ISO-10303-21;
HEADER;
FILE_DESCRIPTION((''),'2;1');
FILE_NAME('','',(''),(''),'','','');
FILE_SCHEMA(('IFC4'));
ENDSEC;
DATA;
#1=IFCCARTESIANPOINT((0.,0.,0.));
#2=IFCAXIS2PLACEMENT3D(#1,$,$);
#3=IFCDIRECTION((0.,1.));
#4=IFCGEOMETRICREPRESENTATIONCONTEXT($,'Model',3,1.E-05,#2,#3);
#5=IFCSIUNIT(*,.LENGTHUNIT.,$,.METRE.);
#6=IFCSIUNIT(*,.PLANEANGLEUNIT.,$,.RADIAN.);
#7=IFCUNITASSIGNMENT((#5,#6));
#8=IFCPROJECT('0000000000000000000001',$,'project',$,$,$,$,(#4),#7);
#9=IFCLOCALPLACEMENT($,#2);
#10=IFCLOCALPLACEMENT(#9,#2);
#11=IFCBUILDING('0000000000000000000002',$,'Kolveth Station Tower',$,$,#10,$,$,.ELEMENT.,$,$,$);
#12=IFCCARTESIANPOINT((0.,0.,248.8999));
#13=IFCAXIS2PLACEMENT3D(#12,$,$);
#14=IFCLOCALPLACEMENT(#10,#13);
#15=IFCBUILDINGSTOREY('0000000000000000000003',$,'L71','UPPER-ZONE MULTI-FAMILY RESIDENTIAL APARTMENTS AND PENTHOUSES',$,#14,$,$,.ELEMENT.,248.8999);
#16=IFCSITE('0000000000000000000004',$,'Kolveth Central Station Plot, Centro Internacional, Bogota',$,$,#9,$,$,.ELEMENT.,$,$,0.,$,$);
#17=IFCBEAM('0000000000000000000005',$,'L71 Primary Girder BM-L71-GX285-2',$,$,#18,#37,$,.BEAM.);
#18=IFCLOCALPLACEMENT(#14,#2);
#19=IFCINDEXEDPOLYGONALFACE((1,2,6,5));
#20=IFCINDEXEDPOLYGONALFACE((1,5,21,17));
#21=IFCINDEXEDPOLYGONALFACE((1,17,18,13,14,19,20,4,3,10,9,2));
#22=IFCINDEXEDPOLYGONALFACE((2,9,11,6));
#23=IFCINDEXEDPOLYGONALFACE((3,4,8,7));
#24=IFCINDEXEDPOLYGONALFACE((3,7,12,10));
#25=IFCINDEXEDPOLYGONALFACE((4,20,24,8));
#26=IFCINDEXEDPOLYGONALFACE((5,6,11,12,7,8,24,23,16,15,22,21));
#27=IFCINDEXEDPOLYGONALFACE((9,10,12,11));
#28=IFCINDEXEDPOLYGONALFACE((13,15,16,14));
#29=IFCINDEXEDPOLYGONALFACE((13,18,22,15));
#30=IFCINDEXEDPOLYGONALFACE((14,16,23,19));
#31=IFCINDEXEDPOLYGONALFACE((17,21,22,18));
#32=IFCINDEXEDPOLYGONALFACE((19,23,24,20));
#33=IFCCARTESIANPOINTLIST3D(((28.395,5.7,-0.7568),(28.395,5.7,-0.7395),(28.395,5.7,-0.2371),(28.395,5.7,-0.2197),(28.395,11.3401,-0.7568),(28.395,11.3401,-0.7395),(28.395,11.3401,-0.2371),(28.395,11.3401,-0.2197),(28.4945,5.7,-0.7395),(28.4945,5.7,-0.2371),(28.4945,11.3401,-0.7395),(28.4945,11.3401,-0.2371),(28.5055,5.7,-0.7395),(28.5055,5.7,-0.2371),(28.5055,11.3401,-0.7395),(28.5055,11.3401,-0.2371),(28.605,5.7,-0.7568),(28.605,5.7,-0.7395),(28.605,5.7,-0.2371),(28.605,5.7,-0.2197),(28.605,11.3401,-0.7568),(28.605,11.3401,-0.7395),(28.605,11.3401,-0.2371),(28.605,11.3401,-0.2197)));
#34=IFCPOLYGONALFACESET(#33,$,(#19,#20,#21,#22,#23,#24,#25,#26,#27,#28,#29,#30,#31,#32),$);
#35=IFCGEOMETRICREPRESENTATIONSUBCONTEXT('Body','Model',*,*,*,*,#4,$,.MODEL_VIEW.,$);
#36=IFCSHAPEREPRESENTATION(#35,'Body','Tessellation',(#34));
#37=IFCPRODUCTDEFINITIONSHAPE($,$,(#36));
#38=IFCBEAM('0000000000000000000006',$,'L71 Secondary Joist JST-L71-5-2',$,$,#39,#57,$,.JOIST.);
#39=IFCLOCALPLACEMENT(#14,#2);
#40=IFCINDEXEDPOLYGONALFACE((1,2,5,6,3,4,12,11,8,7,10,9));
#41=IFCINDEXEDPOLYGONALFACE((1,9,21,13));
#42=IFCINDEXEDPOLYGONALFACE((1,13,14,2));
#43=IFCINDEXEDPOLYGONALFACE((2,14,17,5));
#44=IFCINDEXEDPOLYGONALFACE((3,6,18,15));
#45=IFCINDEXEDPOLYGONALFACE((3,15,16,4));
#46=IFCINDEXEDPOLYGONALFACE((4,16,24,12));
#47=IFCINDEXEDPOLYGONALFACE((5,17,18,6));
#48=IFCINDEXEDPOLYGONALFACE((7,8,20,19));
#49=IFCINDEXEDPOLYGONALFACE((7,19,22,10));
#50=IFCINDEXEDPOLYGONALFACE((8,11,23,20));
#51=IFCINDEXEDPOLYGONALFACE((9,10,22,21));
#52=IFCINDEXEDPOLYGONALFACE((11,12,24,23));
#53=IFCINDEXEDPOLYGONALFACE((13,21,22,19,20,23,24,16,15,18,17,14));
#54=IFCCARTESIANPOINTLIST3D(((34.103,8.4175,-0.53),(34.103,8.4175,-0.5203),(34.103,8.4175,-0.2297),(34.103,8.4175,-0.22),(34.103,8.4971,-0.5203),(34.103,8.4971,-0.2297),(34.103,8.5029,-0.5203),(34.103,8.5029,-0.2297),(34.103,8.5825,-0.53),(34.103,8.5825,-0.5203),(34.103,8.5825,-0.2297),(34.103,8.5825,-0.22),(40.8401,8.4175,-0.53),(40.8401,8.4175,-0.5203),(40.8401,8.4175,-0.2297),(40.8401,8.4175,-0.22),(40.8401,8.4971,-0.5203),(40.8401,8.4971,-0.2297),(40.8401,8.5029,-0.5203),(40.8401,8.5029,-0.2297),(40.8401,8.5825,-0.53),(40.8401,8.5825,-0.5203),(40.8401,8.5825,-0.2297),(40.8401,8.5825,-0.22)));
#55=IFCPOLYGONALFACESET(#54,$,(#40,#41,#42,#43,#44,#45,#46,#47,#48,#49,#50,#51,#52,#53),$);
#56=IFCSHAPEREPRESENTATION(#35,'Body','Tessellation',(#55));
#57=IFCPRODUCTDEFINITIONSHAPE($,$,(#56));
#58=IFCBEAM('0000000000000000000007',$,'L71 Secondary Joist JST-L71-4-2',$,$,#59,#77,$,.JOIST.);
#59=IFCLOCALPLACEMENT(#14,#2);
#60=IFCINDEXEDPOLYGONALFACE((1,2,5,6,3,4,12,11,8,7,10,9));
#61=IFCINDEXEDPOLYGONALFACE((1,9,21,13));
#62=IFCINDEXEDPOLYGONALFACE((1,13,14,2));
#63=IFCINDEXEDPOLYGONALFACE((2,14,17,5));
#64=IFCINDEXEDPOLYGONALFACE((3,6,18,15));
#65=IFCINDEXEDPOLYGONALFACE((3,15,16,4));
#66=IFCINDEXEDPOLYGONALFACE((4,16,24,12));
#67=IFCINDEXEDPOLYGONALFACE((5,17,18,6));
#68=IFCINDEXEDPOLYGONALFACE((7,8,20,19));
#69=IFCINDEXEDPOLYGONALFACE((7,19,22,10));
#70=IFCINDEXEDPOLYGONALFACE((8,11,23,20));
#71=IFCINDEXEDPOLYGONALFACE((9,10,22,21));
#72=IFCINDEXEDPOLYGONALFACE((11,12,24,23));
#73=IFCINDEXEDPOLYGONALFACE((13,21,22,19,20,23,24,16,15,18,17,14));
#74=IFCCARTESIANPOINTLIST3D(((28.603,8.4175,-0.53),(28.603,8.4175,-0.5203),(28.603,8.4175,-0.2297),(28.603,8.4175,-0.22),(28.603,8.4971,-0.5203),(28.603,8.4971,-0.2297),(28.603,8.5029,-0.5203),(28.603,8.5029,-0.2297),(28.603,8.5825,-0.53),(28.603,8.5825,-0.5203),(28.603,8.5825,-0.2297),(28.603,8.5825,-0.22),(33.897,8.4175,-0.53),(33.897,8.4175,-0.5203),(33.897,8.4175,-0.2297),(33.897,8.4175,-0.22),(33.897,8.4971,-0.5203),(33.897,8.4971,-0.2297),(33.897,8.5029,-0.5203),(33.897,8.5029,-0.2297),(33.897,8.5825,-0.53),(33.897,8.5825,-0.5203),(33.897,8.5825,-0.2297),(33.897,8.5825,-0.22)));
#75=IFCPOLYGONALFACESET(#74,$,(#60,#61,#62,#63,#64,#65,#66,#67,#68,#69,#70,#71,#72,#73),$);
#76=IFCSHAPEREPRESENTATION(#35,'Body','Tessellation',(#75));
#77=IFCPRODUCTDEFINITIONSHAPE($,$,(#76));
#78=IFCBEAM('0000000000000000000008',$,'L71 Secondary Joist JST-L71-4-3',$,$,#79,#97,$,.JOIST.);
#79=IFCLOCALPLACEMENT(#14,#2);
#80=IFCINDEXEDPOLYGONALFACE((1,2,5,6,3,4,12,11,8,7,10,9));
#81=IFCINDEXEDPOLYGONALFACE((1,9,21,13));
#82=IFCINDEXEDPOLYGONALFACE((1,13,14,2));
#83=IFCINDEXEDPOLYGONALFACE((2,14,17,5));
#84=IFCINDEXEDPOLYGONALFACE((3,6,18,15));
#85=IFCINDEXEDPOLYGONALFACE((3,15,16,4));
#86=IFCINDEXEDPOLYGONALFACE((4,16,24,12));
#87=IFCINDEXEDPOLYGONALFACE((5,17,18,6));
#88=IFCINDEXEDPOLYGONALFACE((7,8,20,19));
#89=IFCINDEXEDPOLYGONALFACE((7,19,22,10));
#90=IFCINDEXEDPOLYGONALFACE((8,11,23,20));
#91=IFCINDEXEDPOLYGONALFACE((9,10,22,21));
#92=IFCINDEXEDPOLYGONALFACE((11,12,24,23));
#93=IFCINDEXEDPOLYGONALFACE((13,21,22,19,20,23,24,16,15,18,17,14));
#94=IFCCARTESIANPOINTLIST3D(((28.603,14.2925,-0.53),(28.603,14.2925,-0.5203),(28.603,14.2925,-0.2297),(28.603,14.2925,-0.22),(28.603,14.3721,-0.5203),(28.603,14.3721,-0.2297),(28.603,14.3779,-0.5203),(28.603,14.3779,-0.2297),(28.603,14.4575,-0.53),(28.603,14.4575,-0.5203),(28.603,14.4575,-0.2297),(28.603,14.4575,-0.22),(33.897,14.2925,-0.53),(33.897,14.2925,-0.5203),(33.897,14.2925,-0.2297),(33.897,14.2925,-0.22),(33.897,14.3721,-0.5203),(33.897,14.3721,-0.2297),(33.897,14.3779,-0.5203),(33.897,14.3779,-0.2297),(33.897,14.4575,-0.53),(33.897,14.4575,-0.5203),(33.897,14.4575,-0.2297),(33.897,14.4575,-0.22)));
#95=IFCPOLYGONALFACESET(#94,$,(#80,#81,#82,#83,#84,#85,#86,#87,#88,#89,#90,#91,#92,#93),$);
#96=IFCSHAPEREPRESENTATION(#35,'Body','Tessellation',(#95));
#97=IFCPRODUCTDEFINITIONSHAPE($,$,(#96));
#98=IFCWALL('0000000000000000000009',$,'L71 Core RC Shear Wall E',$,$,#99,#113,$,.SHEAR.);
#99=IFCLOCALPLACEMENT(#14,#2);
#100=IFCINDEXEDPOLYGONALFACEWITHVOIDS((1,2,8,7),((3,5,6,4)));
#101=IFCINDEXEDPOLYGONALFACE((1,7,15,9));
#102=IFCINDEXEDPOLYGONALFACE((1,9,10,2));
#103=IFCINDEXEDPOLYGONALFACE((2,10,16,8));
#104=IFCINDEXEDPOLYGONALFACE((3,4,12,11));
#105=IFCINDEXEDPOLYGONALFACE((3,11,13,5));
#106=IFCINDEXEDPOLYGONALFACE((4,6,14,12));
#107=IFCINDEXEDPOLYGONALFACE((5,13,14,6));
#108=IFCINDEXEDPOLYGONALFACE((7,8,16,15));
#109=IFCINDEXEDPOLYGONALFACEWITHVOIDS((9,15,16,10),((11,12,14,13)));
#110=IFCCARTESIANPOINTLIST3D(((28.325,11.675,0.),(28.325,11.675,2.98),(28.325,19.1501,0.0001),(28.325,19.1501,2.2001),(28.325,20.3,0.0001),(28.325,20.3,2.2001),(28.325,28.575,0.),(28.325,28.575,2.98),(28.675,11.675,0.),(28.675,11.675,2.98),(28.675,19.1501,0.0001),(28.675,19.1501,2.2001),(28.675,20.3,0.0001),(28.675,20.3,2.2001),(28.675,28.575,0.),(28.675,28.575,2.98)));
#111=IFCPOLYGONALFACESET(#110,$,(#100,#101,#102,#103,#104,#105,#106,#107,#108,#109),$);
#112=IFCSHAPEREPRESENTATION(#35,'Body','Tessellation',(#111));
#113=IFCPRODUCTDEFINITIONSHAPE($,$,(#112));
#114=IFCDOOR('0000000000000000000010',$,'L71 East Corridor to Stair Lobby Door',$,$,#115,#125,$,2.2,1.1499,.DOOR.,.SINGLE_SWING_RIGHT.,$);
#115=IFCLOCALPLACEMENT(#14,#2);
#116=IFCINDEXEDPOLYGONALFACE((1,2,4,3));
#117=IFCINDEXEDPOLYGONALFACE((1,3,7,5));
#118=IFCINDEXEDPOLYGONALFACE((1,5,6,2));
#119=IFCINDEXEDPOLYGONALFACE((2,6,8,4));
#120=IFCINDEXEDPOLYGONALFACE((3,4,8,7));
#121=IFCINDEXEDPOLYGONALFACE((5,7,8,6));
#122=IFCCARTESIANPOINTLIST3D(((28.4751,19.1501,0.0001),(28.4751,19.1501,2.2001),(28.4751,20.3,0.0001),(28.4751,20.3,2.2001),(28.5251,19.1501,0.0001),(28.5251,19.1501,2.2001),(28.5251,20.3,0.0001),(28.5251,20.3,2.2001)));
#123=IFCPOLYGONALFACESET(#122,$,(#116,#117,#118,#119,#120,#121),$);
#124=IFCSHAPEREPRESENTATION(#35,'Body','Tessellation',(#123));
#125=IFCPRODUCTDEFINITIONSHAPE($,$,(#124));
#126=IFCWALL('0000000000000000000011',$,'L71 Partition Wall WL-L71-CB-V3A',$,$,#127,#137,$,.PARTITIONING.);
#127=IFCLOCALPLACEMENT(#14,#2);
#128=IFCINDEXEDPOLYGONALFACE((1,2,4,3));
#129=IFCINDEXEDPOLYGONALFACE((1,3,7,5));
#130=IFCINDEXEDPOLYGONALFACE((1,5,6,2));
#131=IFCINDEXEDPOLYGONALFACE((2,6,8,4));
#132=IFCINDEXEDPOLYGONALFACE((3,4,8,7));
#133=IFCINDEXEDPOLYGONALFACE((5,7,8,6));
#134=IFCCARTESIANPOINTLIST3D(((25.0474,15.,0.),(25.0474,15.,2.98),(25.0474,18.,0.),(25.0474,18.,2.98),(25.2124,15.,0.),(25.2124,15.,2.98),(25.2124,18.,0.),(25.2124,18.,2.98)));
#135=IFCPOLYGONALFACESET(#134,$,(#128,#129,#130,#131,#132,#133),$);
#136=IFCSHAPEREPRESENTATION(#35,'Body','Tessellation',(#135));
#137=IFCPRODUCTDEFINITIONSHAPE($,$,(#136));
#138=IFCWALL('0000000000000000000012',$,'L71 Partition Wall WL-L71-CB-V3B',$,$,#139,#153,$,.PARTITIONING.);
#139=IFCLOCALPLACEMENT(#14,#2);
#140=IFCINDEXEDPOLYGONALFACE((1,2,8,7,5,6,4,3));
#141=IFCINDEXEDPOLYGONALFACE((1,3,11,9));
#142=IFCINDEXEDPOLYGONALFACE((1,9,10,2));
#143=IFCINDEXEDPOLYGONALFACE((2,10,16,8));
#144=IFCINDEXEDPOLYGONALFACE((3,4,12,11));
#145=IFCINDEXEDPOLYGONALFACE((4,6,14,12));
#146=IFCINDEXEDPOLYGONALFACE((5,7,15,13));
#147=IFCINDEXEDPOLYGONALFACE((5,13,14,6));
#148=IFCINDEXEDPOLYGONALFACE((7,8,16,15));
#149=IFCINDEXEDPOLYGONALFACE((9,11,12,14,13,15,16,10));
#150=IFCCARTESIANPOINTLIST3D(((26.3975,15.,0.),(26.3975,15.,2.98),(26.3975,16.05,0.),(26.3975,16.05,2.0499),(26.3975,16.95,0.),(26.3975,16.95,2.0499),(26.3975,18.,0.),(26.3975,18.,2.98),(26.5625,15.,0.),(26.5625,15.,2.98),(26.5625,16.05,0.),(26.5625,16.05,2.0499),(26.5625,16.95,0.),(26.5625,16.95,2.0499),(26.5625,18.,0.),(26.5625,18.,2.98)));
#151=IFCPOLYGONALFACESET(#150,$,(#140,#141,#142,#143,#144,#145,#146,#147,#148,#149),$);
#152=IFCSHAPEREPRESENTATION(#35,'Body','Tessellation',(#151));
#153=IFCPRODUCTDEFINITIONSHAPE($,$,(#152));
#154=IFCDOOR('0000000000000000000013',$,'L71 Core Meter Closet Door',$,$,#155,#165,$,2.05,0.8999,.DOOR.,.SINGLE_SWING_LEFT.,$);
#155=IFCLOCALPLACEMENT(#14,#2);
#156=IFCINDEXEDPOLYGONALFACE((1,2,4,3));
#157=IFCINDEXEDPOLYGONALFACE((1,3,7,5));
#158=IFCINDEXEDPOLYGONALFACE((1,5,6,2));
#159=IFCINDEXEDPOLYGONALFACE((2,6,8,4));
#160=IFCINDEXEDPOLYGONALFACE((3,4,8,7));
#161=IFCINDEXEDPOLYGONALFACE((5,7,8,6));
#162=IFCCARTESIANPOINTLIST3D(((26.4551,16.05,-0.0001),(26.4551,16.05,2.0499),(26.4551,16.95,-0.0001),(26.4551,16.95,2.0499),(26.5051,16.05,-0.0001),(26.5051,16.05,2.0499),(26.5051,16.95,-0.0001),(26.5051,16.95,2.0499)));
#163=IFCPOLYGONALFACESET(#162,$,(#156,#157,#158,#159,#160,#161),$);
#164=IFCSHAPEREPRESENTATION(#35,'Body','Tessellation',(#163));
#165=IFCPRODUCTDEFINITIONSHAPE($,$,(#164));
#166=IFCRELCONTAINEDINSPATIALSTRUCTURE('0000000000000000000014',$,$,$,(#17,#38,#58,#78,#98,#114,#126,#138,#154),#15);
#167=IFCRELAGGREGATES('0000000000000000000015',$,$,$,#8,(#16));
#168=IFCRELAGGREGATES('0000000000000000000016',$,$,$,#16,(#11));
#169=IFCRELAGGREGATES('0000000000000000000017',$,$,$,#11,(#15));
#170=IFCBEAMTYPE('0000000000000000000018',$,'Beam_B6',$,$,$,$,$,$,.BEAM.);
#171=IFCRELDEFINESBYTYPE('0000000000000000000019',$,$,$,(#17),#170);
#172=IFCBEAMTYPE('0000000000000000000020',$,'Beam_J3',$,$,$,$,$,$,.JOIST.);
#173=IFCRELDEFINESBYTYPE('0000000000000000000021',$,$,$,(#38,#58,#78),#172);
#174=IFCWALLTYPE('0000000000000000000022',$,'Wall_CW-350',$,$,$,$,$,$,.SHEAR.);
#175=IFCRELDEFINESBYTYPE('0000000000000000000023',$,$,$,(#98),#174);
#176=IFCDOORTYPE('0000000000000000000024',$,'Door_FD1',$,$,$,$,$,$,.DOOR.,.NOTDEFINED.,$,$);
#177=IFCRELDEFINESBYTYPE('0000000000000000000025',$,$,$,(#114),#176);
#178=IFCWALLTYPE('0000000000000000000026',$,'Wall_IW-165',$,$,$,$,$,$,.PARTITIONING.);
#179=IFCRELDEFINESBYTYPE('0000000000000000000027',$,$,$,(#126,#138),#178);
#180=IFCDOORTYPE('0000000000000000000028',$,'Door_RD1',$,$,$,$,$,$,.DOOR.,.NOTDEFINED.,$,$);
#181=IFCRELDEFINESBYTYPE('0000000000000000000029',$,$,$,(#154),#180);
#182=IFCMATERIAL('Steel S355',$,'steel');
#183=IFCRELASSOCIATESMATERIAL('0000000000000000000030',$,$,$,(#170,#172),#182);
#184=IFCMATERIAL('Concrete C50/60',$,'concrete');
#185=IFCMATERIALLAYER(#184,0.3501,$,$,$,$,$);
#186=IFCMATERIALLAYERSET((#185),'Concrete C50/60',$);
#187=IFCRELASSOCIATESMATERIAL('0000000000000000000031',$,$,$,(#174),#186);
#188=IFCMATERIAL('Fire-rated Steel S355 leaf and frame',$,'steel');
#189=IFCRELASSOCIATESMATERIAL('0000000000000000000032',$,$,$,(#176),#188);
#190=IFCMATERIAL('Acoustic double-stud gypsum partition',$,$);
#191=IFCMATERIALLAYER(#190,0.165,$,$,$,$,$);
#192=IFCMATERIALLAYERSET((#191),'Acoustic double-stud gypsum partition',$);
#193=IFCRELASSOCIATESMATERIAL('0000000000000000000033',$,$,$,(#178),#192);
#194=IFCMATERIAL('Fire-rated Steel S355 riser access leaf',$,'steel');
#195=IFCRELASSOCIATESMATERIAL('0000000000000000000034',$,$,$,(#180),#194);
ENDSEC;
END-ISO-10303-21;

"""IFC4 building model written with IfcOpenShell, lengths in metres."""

from ifc_helpers import new_model, si_unit, direction, frame, frame_2d, origin, origin_2d, place, context, subcontext, project, spatial, rectangle, i_section, extrude, source, transform, mapped, material, layer, layer_set, material_profile, profile_set, type_object, element, fill, save


model = new_model("IFC4")

# Units and contexts
model_context = context("Model", 3, precision=1e-05, world=origin(), true_north=direction((0.0, 1.0)))
body_context = subcontext(model_context, "Body", "Model", "MODEL_VIEW")
ifc_project = project(units=[si_unit("LENGTHUNIT", "METRE"), si_unit("PLANEANGLEUNIT", "RADIAN")], contexts=[model_context])

# Site, building, storey
site_placement = place(None, origin())
site = spatial("IfcSite", under=ifc_project, at=site_placement, Name="Kolveth Central Station Plot, Centro Internacional, Bogota", CompositionType="ELEMENT", RefElevation=0.0)
building_placement = place(site_placement, origin())
building = spatial("IfcBuilding", under=site, at=building_placement, Name="Kolveth Station Tower", CompositionType="ELEMENT")
storey_placement = place(building_placement, frame((0.0, 0.0, 248.8999)))
storey = spatial("IfcBuildingStorey", under=building, at=storey_placement, Name="L71", Description="UPPER-ZONE MULTI-FAMILY RESIDENTIAL APARTMENTS AND PENTHOUSES", CompositionType="ELEMENT", Elevation=248.8999)

# Shared definitions
ifc_material_1 = material(Name="Steel S355", Category="steel")

# Beams
ifc_material_profile_1 = material_profile(ifc_material_1, i_section(OverallWidth=0.21, OverallDepth=0.5371, WebThickness=0.011, FlangeThickness=0.0173, at=origin_2d()), Name="W530x101")
ifc_profile_set_1 = profile_set([ifc_material_profile_1], Name="Steel S355")
beam_type_1 = type_object("IfcBeamType", Name="Beam_B6", PredefinedType="BEAM", material=ifc_profile_set_1)
shared_shape_1 = source(origin(), body_context, "Body", "SweptSolid", [
    extrude(i_section(OverallWidth=0.21, OverallDepth=0.5371, WebThickness=0.011, FlangeThickness=0.0173, at=origin_2d()), origin(), (0.0, 0.0, 1.0), 5.6401),
])
beam_1_placement = place(storey_placement, frame((28.5, 5.7, -0.4883), z_axis=(0.0, 1.0, 0.0), x_axis=(-1.0, 0.0, 0.0)))
element("IfcBeam", 1, at=beam_1_placement, inside=storey, type_object=beam_type_1, Name="L71 Primary Girder BM-L71-GX285-2", PredefinedType="BEAM", context=body_context, shape_type="MappedRepresentation", body=[
    mapped(shared_shape_1, transform((0.0, 0.0, 0.0), x_axis=(1.0, 0.0, 0.0), y_axis=(0.0, 1.0, 0.0), z_axis=(0.0, 0.0, 1.0), scale=1.0)),
])
ifc_material_profile_2 = material_profile(ifc_material_1, i_section(OverallWidth=0.165, OverallDepth=0.3101, WebThickness=0.0059, FlangeThickness=0.0098, at=origin_2d()), Name="W310x39")
ifc_profile_set_2 = profile_set([ifc_material_profile_2], Name="Steel S355")
beam_type_2 = type_object("IfcBeamType", Name="Beam_J3", PredefinedType="JOIST", material=ifc_profile_set_2)
shared_shape_2 = source(origin(), body_context, "Body", "SweptSolid", [
    extrude(i_section(OverallWidth=0.165, OverallDepth=0.3101, WebThickness=0.0059, FlangeThickness=0.0098, at=origin_2d()), origin(), (0.0, 0.0, 1.0), 6.7371),
])
beam_2_placement = place(storey_placement, frame((34.103, 8.5, -0.375), z_axis=(1.0, 0.0, 0.0), x_axis=(0.0, 1.0, 0.0)))
element("IfcBeam", 2, at=beam_2_placement, inside=storey, type_object=beam_type_2, Name="L71 Secondary Joist JST-L71-5-2", PredefinedType="JOIST", context=body_context, shape_type="MappedRepresentation", body=[
    mapped(shared_shape_2, transform((0.0, 0.0, 0.0), x_axis=(1.0, 0.0, 0.0), y_axis=(0.0, 1.0, 0.0), z_axis=(0.0, 0.0, 1.0), scale=1.0)),
])
shared_shape_3 = source(origin(), body_context, "Body", "SweptSolid", [
    extrude(i_section(OverallWidth=0.165, OverallDepth=0.3101, WebThickness=0.0059, FlangeThickness=0.0098, at=origin_2d()), origin(), (0.0, 0.0, 1.0), 5.2939),
])
for number, where, z_axis, x_axis, name in (
    (3, (28.603, 8.5, -0.375), (1.0, 0.0, 0.0), (0.0, 1.0, 0.0), "L71 Secondary Joist JST-L71-4-2"),
    (4, (28.603, 14.375, -0.375), (1.0, 0.0, 0.0), (0.0, 1.0, 0.0), "L71 Secondary Joist JST-L71-4-3"),
):
    element("IfcBeam", number, at=place(storey_placement, frame(where, z_axis=z_axis, x_axis=x_axis)), inside=storey, type_object=beam_type_2, Name=name, PredefinedType="JOIST", context=body_context, shape_type="MappedRepresentation", body=[
        mapped(shared_shape_3, transform((0.0, 0.0, 0.0), x_axis=(1.0, 0.0, 0.0), y_axis=(0.0, 1.0, 0.0), z_axis=(0.0, 0.0, 1.0), scale=1.0)),
    ])

# Wall, opening, door
ifc_material_2 = material(Name="Concrete C50/60", Category="concrete")
ifc_layer_1 = layer(ifc_material_2, 0.3501)
ifc_layer_set_1 = layer_set([ifc_layer_1], Name="Concrete C50/60")
wall_type_1 = type_object("IfcWallType", Name="Wall_CW-350", PredefinedType="SHEAR", material=ifc_layer_set_1)
wall_1_placement = place(storey_placement, frame((28.5, 11.675, 0.0), z_axis=(0.0, 0.0, 1.0), x_axis=(0.0, 1.0, 0.0)))
wall_1 = element("IfcWall", 5, at=wall_1_placement, inside=storey, type_object=wall_type_1, Name="L71 Core RC Shear Wall E", PredefinedType="SHEAR", context=body_context, shape_type="SweptSolid", body=[
    extrude(rectangle(XDim=16.8999, YDim=0.3501, at=frame_2d((8.45, 0.0))), origin(), (0.0, 0.0, 1.0), 2.98),
])
opening_1_placement = place(wall_1_placement, frame((7.4751, 0.0, 0.0)))
opening_1 = element("IfcOpeningElement", 6, at=opening_1_placement, cuts=wall_1, PredefinedType="OPENING", context=body_context, shape_type="SweptSolid", body=[
    extrude(rectangle(XDim=1.1499, YDim=2.2, at=frame_2d((0.575, 1.1001))), frame((0.0, 0.1851, 0.0), z_axis=(0.0, -1.0, 0.0), x_axis=(1.0, 0.0, 0.0)), (0.0, 0.0, 1.0), 0.3701),
])
ifc_material_3 = material(Name="Fire-rated Steel S355 leaf and frame", Category="steel")
door_type_1 = type_object("IfcDoorType", Name="Door_FD1", OperationType="NOTDEFINED", PredefinedType="DOOR", material=ifc_material_3)
door_1_placement = place(opening_1_placement, origin())
door_1 = element("IfcDoor", 7, at=door_1_placement, inside=storey, type_object=door_type_1, Name="L71 East Corridor to Stair Lobby Door", OperationType="SINGLE_SWING_RIGHT", OverallHeight=2.2, OverallWidth=1.1499, PredefinedType="DOOR", context=body_context, shape_type="SweptSolid", body=[
    extrude(rectangle(XDim=1.1499, YDim=2.2, at=frame_2d((0.575, 1.1001))), frame((0.0, 0.0249, 0.0), z_axis=(0.0, -1.0, 0.0), x_axis=(1.0, 0.0, 0.0)), (0.0, 0.0, 1.0), 0.05),
])
fill(opening_1, door_1)

# Wall
ifc_material_4 = material(Name="Acoustic double-stud gypsum partition")
ifc_layer_2 = layer(ifc_material_4, 0.165)
ifc_layer_set_2 = layer_set([ifc_layer_2], Name="Acoustic double-stud gypsum partition")
wall_type_2 = type_object("IfcWallType", Name="Wall_IW-165", PredefinedType="PARTITIONING", material=ifc_layer_set_2)
wall_2_placement = place(storey_placement, frame((25.1299, 15.0, 0.0), z_axis=(0.0, 0.0, 1.0), x_axis=(0.0, 1.0, 0.0)))
element("IfcWall", 8, at=wall_2_placement, inside=storey, type_object=wall_type_2, Name="L71 Partition Wall WL-L71-CB-V3A", PredefinedType="PARTITIONING", context=body_context, shape_type="SweptSolid", body=[
    extrude(rectangle(XDim=3.0, YDim=0.165, at=frame_2d((1.5, 0.0))), origin(), (0.0, 0.0, 1.0), 2.98),
])

# Wall, opening, door
wall_3_placement = place(storey_placement, frame((26.48, 15.0, 0.0), z_axis=(0.0, 0.0, 1.0), x_axis=(0.0, 1.0, 0.0)))
wall_3 = element("IfcWall", 9, at=wall_3_placement, inside=storey, type_object=wall_type_2, Name="L71 Partition Wall WL-L71-CB-V3B", PredefinedType="PARTITIONING", context=body_context, shape_type="SweptSolid", body=[
    extrude(rectangle(XDim=3.0, YDim=0.165, at=frame_2d((1.5, 0.0))), origin(), (0.0, 0.0, 1.0), 2.98),
])
opening_2_placement = place(wall_3_placement, frame((1.05, 0.0, 0.0)))
opening_2 = element("IfcOpeningElement", 10, at=opening_2_placement, cuts=wall_3, PredefinedType="OPENING", context=body_context, shape_type="SweptSolid", body=[
    extrude(rectangle(XDim=0.8999, YDim=2.05, at=frame_2d((0.45, 1.0249))), frame((0.0, 0.0925, 0.0), z_axis=(0.0, -1.0, 0.0), x_axis=(1.0, 0.0, 0.0)), (0.0, 0.0, 1.0), 0.1851),
])
ifc_material_5 = material(Name="Fire-rated Steel S355 riser access leaf", Category="steel")
door_type_2 = type_object("IfcDoorType", Name="Door_RD1", OperationType="NOTDEFINED", PredefinedType="DOOR", material=ifc_material_5)
door_2_placement = place(opening_2_placement, origin())
door_2 = element("IfcDoor", 11, at=door_2_placement, inside=storey, type_object=door_type_2, Name="L71 Core Meter Closet Door", OperationType="SINGLE_SWING_LEFT", OverallHeight=2.05, OverallWidth=0.8999, PredefinedType="DOOR", context=body_context, shape_type="SweptSolid", body=[
    extrude(rectangle(XDim=0.8999, YDim=2.05, at=frame_2d((0.45, 1.0249))), frame((0.0, 0.0249, 0.0), z_axis=(0.0, -1.0, 0.0), x_axis=(1.0, 0.0, 0.0)), (0.0, 0.0, 1.0), 0.05),
])
fill(opening_2, door_2)

save(model, "model.ifc")
